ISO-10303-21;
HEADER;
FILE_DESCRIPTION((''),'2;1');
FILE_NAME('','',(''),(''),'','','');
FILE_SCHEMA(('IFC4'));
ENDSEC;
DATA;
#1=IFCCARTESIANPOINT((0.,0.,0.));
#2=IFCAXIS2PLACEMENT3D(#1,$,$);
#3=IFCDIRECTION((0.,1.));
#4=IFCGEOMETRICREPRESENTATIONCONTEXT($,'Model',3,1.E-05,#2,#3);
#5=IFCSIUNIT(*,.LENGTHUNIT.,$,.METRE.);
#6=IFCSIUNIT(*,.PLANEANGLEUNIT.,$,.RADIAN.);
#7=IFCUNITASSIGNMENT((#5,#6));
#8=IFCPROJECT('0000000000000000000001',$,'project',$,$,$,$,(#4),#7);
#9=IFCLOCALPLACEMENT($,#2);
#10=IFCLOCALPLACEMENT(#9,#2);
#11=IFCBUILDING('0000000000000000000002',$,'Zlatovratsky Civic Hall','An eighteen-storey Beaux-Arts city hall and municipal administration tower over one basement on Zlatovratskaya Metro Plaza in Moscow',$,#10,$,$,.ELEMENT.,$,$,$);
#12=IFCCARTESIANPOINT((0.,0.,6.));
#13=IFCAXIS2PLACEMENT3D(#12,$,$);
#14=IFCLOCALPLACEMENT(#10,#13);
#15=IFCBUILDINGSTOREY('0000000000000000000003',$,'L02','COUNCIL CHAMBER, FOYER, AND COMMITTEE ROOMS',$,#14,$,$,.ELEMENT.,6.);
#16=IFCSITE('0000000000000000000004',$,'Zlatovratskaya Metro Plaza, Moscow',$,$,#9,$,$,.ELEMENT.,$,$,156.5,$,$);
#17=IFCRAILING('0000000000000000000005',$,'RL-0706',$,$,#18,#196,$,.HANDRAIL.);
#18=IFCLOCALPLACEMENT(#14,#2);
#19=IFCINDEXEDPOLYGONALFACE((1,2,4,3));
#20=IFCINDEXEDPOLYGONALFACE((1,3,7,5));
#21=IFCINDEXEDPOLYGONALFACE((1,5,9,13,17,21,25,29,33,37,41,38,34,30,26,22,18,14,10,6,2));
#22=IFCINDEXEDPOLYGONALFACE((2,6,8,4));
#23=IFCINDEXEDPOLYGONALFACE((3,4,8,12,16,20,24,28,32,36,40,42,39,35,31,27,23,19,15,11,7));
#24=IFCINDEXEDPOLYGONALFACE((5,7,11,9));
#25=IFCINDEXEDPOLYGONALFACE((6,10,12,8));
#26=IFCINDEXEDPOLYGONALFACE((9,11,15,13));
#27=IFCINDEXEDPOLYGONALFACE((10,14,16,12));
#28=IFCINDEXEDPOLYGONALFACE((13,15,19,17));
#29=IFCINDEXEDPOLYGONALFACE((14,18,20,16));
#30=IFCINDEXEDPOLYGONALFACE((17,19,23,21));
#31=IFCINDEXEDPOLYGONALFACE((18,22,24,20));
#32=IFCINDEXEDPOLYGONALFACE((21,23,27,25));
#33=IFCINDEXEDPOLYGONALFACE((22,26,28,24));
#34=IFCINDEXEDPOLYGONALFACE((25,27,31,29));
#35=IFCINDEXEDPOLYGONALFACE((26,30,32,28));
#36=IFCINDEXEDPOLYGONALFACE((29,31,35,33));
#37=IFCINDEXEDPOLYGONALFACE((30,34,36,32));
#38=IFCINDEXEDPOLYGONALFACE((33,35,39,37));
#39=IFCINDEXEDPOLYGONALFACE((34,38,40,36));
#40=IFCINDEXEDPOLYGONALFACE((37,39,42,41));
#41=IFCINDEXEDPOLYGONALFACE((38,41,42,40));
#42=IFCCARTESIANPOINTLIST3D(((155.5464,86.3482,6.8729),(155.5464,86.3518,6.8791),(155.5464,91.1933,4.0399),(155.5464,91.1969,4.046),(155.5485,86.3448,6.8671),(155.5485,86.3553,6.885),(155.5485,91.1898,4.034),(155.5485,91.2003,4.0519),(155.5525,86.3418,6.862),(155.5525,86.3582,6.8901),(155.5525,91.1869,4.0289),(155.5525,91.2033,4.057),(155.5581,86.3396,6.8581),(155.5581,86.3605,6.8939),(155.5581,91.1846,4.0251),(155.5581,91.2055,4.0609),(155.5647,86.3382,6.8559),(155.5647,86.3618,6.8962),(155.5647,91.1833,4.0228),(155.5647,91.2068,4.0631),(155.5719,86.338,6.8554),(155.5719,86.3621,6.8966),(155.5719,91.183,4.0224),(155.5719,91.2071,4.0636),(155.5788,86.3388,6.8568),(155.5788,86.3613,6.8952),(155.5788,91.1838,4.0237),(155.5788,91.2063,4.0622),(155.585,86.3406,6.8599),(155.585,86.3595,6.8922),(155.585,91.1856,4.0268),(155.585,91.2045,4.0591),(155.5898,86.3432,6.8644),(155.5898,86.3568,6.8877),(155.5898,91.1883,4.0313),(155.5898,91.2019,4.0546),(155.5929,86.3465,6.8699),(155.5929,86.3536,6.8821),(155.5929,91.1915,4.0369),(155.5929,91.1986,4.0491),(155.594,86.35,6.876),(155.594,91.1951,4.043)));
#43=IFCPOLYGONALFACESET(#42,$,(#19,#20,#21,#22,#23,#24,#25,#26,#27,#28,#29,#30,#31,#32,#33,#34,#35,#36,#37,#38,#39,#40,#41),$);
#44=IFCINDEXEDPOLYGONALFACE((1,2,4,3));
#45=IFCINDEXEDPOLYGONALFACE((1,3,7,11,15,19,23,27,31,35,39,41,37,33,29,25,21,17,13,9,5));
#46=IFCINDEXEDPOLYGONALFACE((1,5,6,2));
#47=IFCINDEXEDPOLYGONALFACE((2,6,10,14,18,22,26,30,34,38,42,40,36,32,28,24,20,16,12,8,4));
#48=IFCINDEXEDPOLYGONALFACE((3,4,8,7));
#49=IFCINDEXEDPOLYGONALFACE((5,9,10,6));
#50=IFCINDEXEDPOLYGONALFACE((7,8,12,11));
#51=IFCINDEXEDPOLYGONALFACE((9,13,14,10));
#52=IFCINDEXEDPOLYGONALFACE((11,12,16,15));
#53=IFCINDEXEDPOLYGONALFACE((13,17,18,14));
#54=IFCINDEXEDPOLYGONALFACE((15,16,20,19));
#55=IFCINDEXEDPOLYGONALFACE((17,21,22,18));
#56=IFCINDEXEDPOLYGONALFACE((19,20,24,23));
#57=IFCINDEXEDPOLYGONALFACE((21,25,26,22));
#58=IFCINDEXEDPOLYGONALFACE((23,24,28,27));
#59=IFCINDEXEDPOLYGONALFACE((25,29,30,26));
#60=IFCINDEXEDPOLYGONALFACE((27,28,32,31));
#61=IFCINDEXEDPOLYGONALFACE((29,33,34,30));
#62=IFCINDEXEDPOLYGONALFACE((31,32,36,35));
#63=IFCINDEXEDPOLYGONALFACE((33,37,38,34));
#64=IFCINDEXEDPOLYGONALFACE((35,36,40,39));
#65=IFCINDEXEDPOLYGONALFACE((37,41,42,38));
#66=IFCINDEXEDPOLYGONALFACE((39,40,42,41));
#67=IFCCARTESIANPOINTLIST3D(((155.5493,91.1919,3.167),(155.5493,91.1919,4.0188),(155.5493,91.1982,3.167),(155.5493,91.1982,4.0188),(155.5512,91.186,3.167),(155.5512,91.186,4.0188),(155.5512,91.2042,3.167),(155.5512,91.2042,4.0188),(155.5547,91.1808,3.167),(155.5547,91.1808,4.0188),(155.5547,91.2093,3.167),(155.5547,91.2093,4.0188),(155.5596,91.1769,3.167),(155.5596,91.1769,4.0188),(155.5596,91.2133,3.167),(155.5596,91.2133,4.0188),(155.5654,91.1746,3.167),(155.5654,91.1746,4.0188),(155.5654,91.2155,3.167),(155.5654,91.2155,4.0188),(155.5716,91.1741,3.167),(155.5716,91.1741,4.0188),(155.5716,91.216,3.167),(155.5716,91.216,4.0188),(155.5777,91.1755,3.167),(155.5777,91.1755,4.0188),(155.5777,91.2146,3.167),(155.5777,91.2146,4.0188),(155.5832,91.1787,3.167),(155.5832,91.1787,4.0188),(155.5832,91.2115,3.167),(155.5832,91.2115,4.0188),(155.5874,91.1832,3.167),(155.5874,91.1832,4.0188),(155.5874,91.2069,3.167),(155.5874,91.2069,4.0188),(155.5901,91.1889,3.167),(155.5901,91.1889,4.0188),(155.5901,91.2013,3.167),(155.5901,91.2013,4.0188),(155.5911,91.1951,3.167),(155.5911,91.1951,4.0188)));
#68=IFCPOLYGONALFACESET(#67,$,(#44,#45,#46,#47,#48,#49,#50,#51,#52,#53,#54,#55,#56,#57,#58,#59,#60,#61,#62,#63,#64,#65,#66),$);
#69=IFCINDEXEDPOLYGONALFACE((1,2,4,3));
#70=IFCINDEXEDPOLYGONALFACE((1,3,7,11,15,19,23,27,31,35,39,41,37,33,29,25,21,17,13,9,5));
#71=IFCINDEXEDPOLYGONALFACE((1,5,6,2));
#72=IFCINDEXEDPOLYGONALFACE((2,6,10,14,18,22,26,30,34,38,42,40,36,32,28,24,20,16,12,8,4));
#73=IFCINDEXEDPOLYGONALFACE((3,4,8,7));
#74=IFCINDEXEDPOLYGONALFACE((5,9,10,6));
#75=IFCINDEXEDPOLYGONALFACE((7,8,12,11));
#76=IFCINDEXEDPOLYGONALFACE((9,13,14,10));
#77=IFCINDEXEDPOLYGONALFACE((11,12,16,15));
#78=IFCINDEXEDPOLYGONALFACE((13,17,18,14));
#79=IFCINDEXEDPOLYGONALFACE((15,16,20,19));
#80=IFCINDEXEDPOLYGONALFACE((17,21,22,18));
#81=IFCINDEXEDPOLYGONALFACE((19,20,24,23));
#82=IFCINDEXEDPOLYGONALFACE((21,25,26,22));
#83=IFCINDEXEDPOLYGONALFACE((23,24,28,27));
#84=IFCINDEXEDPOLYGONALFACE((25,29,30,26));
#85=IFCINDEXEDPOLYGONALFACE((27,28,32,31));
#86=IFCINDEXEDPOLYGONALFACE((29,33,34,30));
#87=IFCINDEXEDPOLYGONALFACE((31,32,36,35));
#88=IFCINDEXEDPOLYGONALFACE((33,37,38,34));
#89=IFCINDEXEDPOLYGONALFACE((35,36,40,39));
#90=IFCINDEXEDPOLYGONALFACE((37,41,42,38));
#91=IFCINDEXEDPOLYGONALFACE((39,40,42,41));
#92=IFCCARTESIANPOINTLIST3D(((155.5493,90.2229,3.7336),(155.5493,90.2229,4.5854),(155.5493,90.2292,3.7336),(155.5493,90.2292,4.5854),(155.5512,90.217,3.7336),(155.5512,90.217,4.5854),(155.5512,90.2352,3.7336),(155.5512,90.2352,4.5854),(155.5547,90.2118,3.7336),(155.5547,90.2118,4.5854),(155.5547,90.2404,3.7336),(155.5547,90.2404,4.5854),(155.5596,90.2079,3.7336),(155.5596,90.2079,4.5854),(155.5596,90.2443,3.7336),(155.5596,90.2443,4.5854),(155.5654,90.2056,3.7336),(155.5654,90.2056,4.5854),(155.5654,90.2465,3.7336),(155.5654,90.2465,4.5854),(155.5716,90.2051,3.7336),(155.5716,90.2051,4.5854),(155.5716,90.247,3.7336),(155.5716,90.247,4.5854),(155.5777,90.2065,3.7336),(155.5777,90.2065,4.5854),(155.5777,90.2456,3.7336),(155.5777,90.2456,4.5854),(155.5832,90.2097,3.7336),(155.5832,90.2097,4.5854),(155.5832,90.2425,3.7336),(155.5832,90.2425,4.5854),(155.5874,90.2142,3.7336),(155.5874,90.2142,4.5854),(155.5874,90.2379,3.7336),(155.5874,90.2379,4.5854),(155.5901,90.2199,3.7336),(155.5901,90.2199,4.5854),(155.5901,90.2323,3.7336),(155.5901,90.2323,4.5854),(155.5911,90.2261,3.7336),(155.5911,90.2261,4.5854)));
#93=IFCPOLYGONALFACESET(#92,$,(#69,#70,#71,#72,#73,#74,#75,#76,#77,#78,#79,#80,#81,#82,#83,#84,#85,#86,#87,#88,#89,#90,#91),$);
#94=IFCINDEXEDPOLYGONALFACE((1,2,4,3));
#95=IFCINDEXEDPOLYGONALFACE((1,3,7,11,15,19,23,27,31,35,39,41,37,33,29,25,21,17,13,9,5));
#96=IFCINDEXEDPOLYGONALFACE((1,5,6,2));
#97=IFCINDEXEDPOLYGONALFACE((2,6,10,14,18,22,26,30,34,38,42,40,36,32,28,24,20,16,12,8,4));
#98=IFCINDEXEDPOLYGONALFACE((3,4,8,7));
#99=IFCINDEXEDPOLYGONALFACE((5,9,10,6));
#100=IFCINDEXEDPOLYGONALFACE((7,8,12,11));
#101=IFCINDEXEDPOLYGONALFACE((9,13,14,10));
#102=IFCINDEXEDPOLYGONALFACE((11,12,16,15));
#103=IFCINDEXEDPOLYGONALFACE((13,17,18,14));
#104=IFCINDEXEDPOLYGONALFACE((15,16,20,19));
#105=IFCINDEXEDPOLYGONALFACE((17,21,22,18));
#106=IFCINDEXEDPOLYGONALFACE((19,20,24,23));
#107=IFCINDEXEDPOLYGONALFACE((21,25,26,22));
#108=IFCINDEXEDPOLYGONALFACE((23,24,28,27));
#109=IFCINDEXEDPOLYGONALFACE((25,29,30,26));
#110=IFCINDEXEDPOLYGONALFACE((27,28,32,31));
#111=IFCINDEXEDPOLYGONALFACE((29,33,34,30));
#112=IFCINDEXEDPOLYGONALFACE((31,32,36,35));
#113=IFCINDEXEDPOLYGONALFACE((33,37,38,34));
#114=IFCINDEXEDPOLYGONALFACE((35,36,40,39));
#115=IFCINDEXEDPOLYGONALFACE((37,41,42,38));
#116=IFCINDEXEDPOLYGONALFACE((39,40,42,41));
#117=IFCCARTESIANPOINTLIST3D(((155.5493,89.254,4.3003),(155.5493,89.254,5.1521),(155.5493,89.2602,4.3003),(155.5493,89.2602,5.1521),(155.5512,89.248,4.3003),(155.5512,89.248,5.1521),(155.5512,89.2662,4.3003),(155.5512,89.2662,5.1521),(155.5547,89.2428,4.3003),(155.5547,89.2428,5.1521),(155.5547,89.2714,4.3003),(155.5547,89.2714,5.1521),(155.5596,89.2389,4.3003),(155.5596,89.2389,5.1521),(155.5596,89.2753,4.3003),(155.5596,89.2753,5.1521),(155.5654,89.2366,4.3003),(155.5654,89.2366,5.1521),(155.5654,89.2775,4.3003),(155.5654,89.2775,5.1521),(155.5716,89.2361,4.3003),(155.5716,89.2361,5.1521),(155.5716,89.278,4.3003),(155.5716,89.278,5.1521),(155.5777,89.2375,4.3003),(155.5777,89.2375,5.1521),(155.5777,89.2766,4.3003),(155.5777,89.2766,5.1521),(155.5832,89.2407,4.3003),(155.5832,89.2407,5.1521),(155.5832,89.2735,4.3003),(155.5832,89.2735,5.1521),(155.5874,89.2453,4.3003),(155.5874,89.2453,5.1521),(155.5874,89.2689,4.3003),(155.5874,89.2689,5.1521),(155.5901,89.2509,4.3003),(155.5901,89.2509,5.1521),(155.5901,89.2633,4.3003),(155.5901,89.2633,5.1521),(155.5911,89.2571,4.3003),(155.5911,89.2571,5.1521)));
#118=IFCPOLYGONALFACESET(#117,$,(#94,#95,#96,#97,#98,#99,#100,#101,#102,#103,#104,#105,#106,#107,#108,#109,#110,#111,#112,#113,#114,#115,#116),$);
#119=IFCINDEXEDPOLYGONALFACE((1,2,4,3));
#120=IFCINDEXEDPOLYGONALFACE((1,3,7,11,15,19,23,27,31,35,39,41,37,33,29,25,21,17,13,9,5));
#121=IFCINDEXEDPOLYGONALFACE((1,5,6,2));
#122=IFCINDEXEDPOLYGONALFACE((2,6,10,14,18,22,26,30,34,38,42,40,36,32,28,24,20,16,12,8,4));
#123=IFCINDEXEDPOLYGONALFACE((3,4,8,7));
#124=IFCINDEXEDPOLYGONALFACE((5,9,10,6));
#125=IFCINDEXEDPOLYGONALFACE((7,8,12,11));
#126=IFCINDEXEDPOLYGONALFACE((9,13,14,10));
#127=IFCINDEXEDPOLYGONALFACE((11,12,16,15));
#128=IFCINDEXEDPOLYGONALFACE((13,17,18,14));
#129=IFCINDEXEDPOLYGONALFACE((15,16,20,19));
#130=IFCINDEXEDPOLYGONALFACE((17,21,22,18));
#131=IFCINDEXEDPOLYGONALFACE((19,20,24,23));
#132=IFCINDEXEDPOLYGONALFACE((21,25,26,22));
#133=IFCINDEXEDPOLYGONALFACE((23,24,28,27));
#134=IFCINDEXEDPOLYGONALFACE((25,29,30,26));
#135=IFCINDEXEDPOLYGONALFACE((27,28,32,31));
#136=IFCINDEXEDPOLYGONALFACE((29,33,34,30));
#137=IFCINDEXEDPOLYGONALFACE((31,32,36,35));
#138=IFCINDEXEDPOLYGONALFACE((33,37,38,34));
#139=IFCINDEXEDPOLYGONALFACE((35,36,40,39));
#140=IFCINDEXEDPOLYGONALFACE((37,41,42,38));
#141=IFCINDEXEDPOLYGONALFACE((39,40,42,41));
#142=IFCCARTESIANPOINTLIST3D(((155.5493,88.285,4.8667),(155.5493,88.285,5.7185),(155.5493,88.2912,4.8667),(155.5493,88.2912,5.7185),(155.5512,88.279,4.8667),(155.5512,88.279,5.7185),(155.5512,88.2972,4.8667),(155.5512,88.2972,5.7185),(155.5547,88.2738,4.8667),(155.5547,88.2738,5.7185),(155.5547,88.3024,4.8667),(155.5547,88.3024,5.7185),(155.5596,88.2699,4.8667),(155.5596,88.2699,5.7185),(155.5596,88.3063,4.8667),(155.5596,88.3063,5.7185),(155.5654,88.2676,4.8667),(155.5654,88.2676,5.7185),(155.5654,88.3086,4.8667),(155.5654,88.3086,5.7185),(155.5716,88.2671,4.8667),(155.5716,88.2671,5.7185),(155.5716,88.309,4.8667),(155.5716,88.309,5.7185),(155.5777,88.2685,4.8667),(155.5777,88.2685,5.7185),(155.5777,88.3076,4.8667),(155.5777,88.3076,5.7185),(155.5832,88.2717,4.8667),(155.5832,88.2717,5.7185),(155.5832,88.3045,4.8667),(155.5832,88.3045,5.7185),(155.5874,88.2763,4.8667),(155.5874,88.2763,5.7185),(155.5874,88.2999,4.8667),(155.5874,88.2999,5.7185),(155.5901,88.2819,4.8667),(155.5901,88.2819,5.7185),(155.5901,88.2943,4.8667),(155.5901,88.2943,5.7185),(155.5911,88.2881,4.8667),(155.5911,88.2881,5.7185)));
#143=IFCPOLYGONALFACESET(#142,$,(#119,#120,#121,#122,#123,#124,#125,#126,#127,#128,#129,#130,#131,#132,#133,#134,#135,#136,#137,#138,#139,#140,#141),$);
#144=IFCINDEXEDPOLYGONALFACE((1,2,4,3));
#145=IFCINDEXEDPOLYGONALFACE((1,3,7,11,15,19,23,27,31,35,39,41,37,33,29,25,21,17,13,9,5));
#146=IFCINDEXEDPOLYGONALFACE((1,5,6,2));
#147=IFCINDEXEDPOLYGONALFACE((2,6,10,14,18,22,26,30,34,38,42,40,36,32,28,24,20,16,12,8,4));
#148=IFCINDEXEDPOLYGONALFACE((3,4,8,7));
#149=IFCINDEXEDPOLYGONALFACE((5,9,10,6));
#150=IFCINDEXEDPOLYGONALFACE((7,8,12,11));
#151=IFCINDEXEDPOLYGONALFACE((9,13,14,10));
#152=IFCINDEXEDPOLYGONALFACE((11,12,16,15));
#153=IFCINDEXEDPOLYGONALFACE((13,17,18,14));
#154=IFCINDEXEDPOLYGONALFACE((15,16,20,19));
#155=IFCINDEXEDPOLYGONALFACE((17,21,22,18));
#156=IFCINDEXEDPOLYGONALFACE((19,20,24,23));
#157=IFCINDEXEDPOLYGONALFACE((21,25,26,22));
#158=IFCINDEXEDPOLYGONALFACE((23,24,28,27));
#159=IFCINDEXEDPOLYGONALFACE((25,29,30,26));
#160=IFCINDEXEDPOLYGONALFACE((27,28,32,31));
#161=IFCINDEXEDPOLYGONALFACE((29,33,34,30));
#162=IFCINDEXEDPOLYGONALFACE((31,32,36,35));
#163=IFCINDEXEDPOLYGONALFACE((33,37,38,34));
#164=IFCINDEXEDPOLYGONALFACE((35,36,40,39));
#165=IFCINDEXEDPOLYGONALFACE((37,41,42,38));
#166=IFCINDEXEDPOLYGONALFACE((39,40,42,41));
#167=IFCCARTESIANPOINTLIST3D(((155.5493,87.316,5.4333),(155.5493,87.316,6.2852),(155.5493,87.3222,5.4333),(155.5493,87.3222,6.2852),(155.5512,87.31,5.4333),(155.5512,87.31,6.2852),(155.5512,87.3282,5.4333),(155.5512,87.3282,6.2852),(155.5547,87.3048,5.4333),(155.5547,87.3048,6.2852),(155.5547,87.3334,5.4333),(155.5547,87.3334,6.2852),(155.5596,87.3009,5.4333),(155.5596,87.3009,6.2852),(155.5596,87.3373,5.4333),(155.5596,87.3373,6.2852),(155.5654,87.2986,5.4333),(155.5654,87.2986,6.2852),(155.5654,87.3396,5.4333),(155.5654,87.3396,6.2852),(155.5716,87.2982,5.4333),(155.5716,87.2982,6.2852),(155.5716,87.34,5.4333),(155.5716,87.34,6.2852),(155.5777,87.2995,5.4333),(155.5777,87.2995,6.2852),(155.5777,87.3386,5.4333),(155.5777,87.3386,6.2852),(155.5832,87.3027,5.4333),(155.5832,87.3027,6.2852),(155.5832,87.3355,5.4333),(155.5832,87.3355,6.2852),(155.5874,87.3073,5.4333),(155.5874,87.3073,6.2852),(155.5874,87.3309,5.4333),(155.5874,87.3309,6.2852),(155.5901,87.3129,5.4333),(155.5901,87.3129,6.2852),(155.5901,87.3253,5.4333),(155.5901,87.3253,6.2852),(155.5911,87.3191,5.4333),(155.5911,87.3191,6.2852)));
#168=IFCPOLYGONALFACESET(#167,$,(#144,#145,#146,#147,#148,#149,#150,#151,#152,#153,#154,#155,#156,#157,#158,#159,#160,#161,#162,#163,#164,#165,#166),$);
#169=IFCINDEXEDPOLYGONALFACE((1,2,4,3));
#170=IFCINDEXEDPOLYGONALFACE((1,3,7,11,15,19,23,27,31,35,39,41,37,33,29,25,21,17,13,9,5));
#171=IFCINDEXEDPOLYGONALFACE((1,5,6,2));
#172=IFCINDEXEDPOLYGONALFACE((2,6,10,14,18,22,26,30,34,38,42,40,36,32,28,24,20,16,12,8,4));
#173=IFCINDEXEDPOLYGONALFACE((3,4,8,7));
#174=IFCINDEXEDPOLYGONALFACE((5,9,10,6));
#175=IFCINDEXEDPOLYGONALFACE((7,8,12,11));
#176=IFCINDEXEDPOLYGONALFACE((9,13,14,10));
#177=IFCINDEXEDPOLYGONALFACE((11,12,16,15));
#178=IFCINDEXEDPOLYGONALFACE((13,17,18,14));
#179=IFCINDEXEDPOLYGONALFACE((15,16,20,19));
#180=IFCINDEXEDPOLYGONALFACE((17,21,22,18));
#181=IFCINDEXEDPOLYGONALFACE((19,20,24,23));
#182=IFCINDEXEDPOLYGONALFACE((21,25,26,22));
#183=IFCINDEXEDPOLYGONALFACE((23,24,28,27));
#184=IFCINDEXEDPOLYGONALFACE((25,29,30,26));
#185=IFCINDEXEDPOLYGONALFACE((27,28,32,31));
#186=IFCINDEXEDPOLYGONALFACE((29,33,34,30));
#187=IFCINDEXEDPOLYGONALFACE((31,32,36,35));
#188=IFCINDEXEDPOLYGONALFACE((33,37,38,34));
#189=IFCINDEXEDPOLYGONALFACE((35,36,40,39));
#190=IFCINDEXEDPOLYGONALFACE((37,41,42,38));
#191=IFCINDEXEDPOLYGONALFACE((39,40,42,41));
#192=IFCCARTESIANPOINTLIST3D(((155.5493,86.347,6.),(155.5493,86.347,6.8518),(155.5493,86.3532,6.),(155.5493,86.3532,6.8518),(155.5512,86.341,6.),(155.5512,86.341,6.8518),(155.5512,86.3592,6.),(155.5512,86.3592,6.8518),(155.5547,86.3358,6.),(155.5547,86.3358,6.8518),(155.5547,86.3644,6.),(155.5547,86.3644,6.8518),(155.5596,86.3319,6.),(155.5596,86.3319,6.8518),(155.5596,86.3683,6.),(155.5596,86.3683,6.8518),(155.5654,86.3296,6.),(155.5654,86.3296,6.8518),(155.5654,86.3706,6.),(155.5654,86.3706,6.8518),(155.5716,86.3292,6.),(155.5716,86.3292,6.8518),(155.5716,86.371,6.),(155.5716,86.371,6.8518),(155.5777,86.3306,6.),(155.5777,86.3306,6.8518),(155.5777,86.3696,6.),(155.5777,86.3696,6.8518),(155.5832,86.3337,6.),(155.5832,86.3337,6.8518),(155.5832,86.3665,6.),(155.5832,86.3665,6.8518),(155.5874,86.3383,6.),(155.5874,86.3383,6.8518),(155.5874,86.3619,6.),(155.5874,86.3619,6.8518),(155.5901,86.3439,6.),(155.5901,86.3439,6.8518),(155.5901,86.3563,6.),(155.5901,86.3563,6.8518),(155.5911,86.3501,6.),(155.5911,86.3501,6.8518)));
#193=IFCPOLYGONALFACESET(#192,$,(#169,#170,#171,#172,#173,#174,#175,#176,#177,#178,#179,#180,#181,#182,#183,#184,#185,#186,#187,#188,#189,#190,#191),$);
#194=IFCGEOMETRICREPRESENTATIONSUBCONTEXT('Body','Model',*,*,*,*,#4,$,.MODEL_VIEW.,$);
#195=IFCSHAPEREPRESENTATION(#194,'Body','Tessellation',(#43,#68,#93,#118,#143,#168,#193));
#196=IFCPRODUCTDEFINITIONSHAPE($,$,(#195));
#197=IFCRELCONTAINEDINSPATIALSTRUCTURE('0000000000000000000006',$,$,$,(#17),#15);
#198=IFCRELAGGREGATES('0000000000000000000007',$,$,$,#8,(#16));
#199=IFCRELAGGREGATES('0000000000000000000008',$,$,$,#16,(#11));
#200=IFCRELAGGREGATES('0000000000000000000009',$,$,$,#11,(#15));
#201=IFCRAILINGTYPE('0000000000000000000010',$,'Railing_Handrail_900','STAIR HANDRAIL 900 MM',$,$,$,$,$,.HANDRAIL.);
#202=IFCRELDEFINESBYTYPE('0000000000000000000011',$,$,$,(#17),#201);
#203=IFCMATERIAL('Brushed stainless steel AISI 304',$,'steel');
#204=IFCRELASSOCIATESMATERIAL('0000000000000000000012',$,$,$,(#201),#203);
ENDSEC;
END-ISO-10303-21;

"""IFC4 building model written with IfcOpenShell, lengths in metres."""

from ifc_helpers import new_model, si_unit, direction, frame, origin, origin_2d, place, context, subcontext, project, spatial, circle, extrude, material, type_object, element, save


model = new_model("IFC4")

# Units and contexts
model_context = context("Model", 3, precision=1e-05, world=origin(), true_north=direction((0.0, 1.0)))
body_context = subcontext(model_context, "Body", "Model", "MODEL_VIEW")
ifc_project = project(units=[si_unit("LENGTHUNIT", "METRE"), si_unit("PLANEANGLEUNIT", "RADIAN")], contexts=[model_context])

# Site, building, storey
site_placement = place(None, origin())
site = spatial("IfcSite", under=ifc_project, at=site_placement, Name="Zlatovratskaya Metro Plaza, Moscow", CompositionType="ELEMENT", RefElevation=156.5)
building_placement = place(site_placement, origin())
building = spatial("IfcBuilding", under=site, at=building_placement, Name="Zlatovratsky Civic Hall", Description="An eighteen-storey Beaux-Arts city hall and municipal administration tower over one basement on Zlatovratskaya Metro Plaza in Moscow", CompositionType="ELEMENT")
storey_placement = place(building_placement, frame((0.0, 0.0, 6.0)))
storey = spatial("IfcBuildingStorey", under=building, at=storey_placement, Name="L02", Description="COUNCIL CHAMBER, FOYER, AND COMMITTEE ROOMS", CompositionType="ELEMENT", Elevation=6.0)

# Railing
ifc_material_1 = material(Name="Brushed stainless steel AISI 304", Category="steel")
railing_type_1 = type_object("IfcRailingType", Name="Railing_Handrail_900", Description="STAIR HANDRAIL 900 MM", PredefinedType="HANDRAIL", material=ifc_material_1)
railing_1_placement = place(storey_placement, frame((155.5701, 91.1951, 3.167)))
element("IfcRailing", 1, at=railing_1_placement, inside=storey, type_object=railing_type_1, Name="RL-0706", PredefinedType="HANDRAIL", context=body_context, shape_type="SweptSolid", body=[
    extrude(circle(Radius=0.0239, at=origin_2d()), frame((0.0, 0.0, 0.876), z_axis=(0.0, -0.863253, 0.504771), x_axis=(1.0, 0.0, 0.0)), (0.0, 0.0, 1.0), 5.6125),
    extrude(circle(Radius=0.021, at=origin_2d()), origin(), (0.0, 0.0, 1.0), 0.8518),
    extrude(circle(Radius=0.021, at=origin_2d()), frame((0.0, -0.969, 0.5667)), (0.0, 0.0, 1.0), 0.8518),
    extrude(circle(Radius=0.021, at=origin_2d()), frame((0.0, -1.938, 1.1333)), (0.0, 0.0, 1.0), 0.8518),
    extrude(circle(Radius=0.021, at=origin_2d()), frame((0.0, -2.907, 1.6997)), (0.0, 0.0, 1.0), 0.8518),
    extrude(circle(Radius=0.021, at=origin_2d()), frame((0.0, -3.876, 2.2664)), (0.0, 0.0, 1.0), 0.8518),
    extrude(circle(Radius=0.021, at=origin_2d()), frame((0.0, -4.845, 2.833)), (0.0, 0.0, 1.0), 0.8518),
])

save(model, "model.ifc")
